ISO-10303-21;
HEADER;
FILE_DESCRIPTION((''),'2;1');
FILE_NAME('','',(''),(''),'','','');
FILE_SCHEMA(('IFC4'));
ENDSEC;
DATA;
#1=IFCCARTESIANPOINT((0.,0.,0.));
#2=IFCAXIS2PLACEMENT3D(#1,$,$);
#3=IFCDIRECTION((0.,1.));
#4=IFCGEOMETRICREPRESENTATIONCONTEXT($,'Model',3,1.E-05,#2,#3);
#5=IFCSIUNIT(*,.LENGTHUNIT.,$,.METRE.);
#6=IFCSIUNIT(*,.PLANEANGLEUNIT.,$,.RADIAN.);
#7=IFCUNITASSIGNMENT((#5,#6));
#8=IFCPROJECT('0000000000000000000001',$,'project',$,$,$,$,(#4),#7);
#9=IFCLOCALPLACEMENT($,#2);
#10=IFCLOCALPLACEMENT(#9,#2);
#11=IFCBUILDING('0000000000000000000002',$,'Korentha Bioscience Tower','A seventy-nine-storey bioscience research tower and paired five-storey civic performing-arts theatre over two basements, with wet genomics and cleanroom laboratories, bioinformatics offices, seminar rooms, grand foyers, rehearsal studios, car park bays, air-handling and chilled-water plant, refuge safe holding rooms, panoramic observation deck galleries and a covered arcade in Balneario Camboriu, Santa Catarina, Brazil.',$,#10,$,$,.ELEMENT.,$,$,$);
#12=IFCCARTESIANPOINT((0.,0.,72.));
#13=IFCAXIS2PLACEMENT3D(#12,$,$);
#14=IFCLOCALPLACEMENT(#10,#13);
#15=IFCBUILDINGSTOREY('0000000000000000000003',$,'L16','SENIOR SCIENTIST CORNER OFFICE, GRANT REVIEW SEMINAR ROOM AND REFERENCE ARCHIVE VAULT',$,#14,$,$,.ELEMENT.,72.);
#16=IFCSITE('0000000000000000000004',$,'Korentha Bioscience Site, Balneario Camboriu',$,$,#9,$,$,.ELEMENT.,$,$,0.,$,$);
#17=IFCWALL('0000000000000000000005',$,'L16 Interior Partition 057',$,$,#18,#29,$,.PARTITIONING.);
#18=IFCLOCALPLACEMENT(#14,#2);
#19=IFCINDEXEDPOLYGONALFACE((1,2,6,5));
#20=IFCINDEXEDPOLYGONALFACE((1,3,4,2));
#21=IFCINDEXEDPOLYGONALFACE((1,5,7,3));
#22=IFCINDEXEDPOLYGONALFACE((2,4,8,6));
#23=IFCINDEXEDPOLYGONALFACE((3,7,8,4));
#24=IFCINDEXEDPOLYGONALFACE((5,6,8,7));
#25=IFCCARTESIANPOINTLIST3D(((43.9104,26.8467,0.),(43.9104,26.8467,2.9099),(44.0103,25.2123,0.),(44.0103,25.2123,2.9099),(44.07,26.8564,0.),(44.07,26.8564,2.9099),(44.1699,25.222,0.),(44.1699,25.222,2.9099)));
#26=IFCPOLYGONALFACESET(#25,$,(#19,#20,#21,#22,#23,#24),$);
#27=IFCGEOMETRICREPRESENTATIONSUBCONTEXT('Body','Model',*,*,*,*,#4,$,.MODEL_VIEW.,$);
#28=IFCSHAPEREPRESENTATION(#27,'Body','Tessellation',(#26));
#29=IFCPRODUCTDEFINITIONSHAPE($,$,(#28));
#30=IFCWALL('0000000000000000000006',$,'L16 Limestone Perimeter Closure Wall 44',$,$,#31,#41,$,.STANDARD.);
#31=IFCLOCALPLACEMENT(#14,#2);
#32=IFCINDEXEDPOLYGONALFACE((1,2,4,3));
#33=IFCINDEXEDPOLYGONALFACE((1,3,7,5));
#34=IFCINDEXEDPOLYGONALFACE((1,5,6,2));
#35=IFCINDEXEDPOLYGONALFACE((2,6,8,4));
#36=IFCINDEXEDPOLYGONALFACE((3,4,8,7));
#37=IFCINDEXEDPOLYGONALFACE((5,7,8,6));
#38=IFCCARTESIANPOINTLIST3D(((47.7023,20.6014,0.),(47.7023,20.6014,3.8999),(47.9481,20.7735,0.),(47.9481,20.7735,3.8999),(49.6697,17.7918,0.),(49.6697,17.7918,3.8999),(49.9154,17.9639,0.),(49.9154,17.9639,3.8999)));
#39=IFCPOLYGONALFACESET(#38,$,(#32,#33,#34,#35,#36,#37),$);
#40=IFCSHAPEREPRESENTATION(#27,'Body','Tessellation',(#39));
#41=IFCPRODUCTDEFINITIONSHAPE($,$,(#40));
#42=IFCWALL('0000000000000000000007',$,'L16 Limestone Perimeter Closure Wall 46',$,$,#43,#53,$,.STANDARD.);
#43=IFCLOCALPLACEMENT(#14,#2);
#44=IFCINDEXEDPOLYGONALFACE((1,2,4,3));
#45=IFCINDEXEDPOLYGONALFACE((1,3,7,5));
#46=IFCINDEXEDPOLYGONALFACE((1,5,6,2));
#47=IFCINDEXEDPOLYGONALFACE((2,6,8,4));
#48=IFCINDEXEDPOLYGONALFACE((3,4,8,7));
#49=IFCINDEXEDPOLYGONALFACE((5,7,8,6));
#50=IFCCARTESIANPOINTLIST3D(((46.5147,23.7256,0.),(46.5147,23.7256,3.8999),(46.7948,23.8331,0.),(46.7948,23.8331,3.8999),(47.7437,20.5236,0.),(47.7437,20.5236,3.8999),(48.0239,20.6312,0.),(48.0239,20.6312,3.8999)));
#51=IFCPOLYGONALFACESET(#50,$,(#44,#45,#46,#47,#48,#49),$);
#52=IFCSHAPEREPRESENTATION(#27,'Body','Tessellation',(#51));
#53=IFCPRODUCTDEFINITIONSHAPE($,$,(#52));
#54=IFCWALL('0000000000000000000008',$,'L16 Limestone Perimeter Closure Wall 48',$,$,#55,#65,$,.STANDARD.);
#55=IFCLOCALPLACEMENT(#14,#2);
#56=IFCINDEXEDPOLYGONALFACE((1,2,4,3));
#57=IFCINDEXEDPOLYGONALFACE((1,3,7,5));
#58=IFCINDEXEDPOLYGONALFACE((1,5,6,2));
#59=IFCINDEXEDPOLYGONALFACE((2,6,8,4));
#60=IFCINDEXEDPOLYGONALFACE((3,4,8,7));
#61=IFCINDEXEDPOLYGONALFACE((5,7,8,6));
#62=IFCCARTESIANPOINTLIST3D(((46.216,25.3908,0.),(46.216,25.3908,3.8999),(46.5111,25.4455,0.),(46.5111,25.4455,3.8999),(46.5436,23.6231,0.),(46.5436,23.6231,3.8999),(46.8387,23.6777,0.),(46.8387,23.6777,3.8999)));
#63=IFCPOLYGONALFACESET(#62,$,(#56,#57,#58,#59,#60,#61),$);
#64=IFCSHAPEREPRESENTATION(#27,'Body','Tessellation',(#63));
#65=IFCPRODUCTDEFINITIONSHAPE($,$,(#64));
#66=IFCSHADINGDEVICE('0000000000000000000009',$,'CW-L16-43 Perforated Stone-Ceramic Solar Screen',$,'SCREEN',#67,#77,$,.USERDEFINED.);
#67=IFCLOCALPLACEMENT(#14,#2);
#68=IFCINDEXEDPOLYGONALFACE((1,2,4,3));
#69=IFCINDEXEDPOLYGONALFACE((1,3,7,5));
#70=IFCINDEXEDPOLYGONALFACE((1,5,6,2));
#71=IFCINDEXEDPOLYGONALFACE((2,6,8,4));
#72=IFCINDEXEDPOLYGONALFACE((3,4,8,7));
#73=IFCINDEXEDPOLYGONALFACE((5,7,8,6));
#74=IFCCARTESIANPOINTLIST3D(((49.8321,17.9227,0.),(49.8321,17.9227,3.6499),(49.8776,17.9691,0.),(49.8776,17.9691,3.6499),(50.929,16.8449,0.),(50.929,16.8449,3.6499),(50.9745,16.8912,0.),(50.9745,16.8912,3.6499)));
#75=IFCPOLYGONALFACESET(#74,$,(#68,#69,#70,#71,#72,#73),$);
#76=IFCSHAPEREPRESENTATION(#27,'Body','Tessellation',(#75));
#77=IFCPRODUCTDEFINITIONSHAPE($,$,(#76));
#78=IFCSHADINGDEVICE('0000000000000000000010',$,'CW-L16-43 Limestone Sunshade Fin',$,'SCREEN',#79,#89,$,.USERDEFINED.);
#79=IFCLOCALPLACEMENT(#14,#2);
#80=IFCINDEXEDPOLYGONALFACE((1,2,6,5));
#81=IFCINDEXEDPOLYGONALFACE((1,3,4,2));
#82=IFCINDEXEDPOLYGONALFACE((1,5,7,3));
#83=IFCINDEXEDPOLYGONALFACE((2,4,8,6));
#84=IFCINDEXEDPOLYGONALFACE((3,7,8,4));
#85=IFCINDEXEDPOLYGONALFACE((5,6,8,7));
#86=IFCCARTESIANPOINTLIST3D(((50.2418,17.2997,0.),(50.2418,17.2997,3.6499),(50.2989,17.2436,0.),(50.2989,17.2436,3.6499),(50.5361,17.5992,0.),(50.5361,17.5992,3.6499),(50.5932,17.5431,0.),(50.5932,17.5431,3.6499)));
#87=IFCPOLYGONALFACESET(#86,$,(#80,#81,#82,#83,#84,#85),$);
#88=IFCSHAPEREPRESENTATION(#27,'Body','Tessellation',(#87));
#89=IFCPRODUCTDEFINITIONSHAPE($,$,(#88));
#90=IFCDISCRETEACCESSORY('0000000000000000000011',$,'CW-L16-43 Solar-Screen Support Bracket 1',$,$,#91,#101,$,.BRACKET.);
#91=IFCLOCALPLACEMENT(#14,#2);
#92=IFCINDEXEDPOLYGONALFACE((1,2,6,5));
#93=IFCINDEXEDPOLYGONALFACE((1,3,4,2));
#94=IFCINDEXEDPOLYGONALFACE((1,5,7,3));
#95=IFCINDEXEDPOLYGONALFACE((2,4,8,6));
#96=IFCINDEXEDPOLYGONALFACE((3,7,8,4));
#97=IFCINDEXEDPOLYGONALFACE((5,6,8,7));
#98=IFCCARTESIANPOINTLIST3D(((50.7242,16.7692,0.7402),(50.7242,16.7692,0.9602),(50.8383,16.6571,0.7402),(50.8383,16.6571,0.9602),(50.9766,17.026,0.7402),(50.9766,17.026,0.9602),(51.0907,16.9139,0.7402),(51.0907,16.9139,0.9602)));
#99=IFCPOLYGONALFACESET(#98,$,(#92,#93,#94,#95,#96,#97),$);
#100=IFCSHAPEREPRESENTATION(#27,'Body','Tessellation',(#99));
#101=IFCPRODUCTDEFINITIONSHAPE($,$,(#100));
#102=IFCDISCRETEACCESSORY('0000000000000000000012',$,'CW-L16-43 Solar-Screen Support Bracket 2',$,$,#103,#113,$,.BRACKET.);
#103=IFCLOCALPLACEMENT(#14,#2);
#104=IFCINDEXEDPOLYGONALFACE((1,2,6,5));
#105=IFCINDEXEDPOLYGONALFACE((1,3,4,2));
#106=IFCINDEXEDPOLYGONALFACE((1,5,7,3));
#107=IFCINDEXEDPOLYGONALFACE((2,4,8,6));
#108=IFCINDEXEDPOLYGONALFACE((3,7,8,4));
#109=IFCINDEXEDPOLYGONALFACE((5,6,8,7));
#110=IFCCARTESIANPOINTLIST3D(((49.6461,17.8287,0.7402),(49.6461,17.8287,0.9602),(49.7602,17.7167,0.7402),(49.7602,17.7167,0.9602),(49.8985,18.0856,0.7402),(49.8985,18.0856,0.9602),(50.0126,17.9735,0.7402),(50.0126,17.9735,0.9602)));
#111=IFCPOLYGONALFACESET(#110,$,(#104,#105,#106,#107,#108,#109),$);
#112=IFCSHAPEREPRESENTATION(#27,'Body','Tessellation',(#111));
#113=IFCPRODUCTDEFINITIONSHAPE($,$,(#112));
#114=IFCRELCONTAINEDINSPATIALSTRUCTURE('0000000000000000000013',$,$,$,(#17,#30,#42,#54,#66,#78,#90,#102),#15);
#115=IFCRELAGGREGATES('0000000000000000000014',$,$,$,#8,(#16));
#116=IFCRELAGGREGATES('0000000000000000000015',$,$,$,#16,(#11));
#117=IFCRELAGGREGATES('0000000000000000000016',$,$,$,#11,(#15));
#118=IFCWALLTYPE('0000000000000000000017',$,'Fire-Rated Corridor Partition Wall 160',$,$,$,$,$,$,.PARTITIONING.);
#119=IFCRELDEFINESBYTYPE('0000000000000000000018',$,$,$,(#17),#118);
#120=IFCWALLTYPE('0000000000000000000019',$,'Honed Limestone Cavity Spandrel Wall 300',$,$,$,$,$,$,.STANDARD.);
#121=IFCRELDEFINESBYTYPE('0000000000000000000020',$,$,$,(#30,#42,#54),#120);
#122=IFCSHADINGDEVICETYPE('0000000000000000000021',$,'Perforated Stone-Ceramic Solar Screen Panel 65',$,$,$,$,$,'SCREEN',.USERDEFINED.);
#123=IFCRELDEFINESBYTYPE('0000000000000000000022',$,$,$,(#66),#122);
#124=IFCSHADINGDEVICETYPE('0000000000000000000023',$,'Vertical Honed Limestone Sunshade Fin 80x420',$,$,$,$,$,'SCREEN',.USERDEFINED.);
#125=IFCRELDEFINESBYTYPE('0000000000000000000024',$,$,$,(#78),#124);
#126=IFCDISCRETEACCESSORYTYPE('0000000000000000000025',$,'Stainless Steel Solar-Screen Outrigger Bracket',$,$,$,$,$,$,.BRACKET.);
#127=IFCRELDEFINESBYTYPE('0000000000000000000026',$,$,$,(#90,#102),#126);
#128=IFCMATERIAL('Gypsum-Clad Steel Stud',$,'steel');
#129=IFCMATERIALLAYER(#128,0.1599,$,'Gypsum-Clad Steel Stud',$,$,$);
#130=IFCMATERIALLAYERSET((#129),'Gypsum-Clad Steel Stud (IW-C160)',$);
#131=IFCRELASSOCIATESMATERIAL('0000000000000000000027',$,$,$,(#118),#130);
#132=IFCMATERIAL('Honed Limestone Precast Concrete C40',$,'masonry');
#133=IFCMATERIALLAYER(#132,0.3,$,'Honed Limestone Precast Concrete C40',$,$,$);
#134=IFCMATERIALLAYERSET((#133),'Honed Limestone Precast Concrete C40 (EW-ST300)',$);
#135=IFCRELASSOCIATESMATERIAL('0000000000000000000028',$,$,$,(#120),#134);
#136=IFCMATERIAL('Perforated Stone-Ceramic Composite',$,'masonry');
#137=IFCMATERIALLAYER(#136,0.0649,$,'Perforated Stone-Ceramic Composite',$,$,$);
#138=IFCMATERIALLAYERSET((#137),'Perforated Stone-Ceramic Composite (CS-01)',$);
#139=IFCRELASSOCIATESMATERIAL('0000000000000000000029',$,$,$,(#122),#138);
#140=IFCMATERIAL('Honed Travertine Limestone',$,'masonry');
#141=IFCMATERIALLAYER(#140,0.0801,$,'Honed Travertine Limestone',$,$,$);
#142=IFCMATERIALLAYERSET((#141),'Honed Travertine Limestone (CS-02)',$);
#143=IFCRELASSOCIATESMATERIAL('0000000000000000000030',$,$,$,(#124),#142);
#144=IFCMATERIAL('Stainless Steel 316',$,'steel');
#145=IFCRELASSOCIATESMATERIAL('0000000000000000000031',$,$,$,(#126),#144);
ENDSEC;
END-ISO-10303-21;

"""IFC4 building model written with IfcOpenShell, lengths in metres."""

from ifc_helpers import new_model, si_unit, direction, frame, frame_2d, origin, origin_2d, place, context, subcontext, project, spatial, rectangle, extrude, material, layer, layer_set, type_object, element, save


model = new_model("IFC4")

# Units and contexts
model_context = context("Model", 3, precision=1e-05, world=origin(), true_north=direction((0.0, 1.0)))
body_context = subcontext(model_context, "Body", "Model", "MODEL_VIEW")
ifc_project = project(units=[si_unit("LENGTHUNIT", "METRE"), si_unit("PLANEANGLEUNIT", "RADIAN")], contexts=[model_context])

# Site, building, storey
site_placement = place(None, origin())
site = spatial("IfcSite", under=ifc_project, at=site_placement, Name="Korentha Bioscience Site, Balneario Camboriu", CompositionType="ELEMENT", RefElevation=0.0)
building_placement = place(site_placement, origin())
building = spatial("IfcBuilding", under=site, at=building_placement, Name="Korentha Bioscience Tower", Description="A seventy-nine-storey bioscience research tower and paired five-storey civic performing-arts theatre over two basements, with wet genomics and cleanroom laboratories, bioinformatics offices, seminar rooms, grand foyers, rehearsal studios, car park bays, air-handling and chilled-water plant, refuge safe holding rooms, panoramic observation deck galleries and a covered arcade in Balneario Camboriu, Santa Catarina, Brazil.", CompositionType="ELEMENT")
storey_placement = place(building_placement, frame((0.0, 0.0, 72.0)))
storey = spatial("IfcBuildingStorey", under=building, at=storey_placement, Name="L16", Description="SENIOR SCIENTIST CORNER OFFICE, GRANT REVIEW SEMINAR ROOM AND REFERENCE ARCHIVE VAULT", CompositionType="ELEMENT", Elevation=72.0)

# Walls
ifc_material_1 = material(Name="Gypsum-Clad Steel Stud", Category="steel")
ifc_layer_1 = layer(ifc_material_1, 0.1599, Name="Gypsum-Clad Steel Stud")
ifc_layer_set_1 = layer_set([ifc_layer_1], Name="Gypsum-Clad Steel Stud (IW-C160)")
wall_type_1 = type_object("IfcWallType", Name="Fire-Rated Corridor Partition Wall 160", PredefinedType="PARTITIONING", material=ifc_layer_set_1)
wall_1_placement = place(storey_placement, frame((44.0901, 25.217, 0.0), z_axis=(0.0, 0.0, 1.0), x_axis=(-0.060977, 0.998139, 0.0)))
element("IfcWall", 1, at=wall_1_placement, inside=storey, type_object=wall_type_1, Name="L16 Interior Partition 057", PredefinedType="PARTITIONING", context=body_context, shape_type="SweptSolid", body=[
    extrude(rectangle(XDim=1.6375, YDim=0.1599, at=frame_2d((0.8188, 0.0))), origin(), (0.0, 0.0, 1.0), 2.9099),
])
ifc_material_2 = material(Name="Honed Limestone Precast Concrete C40", Category="masonry")
ifc_layer_2 = layer(ifc_material_2, 0.3, Name="Honed Limestone Precast Concrete C40")
ifc_layer_set_2 = layer_set([ifc_layer_2], Name="Honed Limestone Precast Concrete C40 (EW-ST300)")
wall_type_2 = type_object("IfcWallType", Name="Honed Limestone Cavity Spandrel Wall 300", PredefinedType="STANDARD", material=ifc_layer_set_2)
wall_2_placement = place(storey_placement, frame((49.7925, 17.8779, 0.0), z_axis=(0.0, 0.0, 1.0), x_axis=(-0.573577, 0.819152, 0.0)))
element("IfcWall", 2, at=wall_2_placement, inside=storey, type_object=wall_type_2, Name="L16 Limestone Perimeter Closure Wall 44", PredefinedType="STANDARD", context=body_context, shape_type="SweptSolid", body=[
    extrude(rectangle(XDim=3.4299, YDim=0.3, at=frame_2d((1.7148, 0.0))), origin(), (0.0, 0.0, 1.0), 3.8999),
])
wall_3_placement = place(storey_placement, frame((47.8838, 20.5774, 0.0), z_axis=(0.0, 0.0, 1.0), x_axis=(-0.358345, 0.933589, 0.0)))
element("IfcWall", 3, at=wall_3_placement, inside=storey, type_object=wall_type_2, Name="L16 Limestone Perimeter Closure Wall 46", PredefinedType="STANDARD", context=body_context, shape_type="SweptSolid", body=[
    extrude(rectangle(XDim=3.4297, YDim=0.3, at=frame_2d((1.7148, 0.0))), origin(), (0.0, 0.0, 1.0), 3.8999),
])
wall_4_placement = place(storey_placement, frame((46.6912, 23.6504, 0.0), z_axis=(0.0, 0.0, 1.0), x_axis=(-0.18223, 0.983256, 0.0)))
element("IfcWall", 4, at=wall_4_placement, inside=storey, type_object=wall_type_2, Name="L16 Limestone Perimeter Closure Wall 48", PredefinedType="STANDARD", context=body_context, shape_type="SweptSolid", body=[
    extrude(rectangle(XDim=1.7979, YDim=0.3, at=frame_2d((0.8989, 0.0))), origin(), (0.0, 0.0, 1.0), 3.8999),
])

# Shading devices
ifc_material_3 = material(Name="Perforated Stone-Ceramic Composite", Category="masonry")
ifc_layer_3 = layer(ifc_material_3, 0.0649, Name="Perforated Stone-Ceramic Composite")
ifc_layer_set_3 = layer_set([ifc_layer_3], Name="Perforated Stone-Ceramic Composite (CS-01)")
shading_device_type_1 = type_object("IfcShadingDeviceType", Name="Perforated Stone-Ceramic Solar Screen Panel 65", ElementType="SCREEN", PredefinedType="USERDEFINED", material=ifc_layer_set_3)
shading_device_1_placement = place(storey_placement, frame((50.4033, 17.407, 0.0), z_axis=(0.0, 0.0, 1.0), x_axis=(-0.713279, 0.70088, 0.0)))
element("IfcShadingDevice", 5, at=shading_device_1_placement, inside=storey, type_object=shading_device_type_1, Name="CW-L16-43 Perforated Stone-Ceramic Solar Screen", ObjectType="SCREEN", PredefinedType="USERDEFINED", context=body_context, shape_type="SweptSolid", body=[
    extrude(rectangle(XDim=1.5378, YDim=0.0649, at=origin_2d()), origin(), (0.0, 0.0, 1.0), 3.6499),
])
ifc_material_4 = material(Name="Honed Travertine Limestone", Category="masonry")
ifc_layer_4 = layer(ifc_material_4, 0.0801, Name="Honed Travertine Limestone")
ifc_layer_set_4 = layer_set([ifc_layer_4], Name="Honed Travertine Limestone (CS-02)")
shading_device_type_2 = type_object("IfcShadingDeviceType", Name="Vertical Honed Limestone Sunshade Fin 80x420", ElementType="SCREEN", PredefinedType="USERDEFINED", material=ifc_layer_set_4)
shading_device_2_placement = place(storey_placement, frame((50.4175, 17.4214, 0.0), z_axis=(0.0, 0.0, 1.0), x_axis=(-0.713279, 0.70088, 0.0)))
element("IfcShadingDevice", 6, at=shading_device_2_placement, inside=storey, type_object=shading_device_type_2, Name="CW-L16-43 Limestone Sunshade Fin", ObjectType="SCREEN", PredefinedType="USERDEFINED", context=body_context, shape_type="SweptSolid", body=[
    extrude(rectangle(XDim=0.0801, YDim=0.4199, at=origin_2d()), origin(), (0.0, 0.0, 1.0), 3.6499),
])

# Discrete accessories
ifc_material_5 = material(Name="Stainless Steel 316", Category="steel")
discrete_accessory_type = type_object("IfcDiscreteAccessoryType", Name="Stainless Steel Solar-Screen Outrigger Bracket", PredefinedType="BRACKET", material=ifc_material_5)
for number, where, z_axis, x_axis, name in (
    (7, (50.9075, 16.8416, 0.7402), (0.0, 0.0, 1.0), (-0.713279, 0.70088, 0.0), "CW-L16-43 Solar-Screen Support Bracket 1"),
    (8, (49.8293, 17.9011, 0.7402), (0.0, 0.0, 1.0), (-0.713279, 0.70088, 0.0), "CW-L16-43 Solar-Screen Support Bracket 2"),
):
    element("IfcDiscreteAccessory", number, at=place(storey_placement, frame(where, z_axis=z_axis, x_axis=x_axis)), inside=storey, type_object=discrete_accessory_type, Name=name, PredefinedType="BRACKET", context=body_context, shape_type="SweptSolid", body=[
        extrude(rectangle(XDim=0.1599, YDim=0.3601, at=origin_2d()), origin(), (0.0, 0.0, 1.0), 0.22),
    ])

save(model, "model.ifc")
